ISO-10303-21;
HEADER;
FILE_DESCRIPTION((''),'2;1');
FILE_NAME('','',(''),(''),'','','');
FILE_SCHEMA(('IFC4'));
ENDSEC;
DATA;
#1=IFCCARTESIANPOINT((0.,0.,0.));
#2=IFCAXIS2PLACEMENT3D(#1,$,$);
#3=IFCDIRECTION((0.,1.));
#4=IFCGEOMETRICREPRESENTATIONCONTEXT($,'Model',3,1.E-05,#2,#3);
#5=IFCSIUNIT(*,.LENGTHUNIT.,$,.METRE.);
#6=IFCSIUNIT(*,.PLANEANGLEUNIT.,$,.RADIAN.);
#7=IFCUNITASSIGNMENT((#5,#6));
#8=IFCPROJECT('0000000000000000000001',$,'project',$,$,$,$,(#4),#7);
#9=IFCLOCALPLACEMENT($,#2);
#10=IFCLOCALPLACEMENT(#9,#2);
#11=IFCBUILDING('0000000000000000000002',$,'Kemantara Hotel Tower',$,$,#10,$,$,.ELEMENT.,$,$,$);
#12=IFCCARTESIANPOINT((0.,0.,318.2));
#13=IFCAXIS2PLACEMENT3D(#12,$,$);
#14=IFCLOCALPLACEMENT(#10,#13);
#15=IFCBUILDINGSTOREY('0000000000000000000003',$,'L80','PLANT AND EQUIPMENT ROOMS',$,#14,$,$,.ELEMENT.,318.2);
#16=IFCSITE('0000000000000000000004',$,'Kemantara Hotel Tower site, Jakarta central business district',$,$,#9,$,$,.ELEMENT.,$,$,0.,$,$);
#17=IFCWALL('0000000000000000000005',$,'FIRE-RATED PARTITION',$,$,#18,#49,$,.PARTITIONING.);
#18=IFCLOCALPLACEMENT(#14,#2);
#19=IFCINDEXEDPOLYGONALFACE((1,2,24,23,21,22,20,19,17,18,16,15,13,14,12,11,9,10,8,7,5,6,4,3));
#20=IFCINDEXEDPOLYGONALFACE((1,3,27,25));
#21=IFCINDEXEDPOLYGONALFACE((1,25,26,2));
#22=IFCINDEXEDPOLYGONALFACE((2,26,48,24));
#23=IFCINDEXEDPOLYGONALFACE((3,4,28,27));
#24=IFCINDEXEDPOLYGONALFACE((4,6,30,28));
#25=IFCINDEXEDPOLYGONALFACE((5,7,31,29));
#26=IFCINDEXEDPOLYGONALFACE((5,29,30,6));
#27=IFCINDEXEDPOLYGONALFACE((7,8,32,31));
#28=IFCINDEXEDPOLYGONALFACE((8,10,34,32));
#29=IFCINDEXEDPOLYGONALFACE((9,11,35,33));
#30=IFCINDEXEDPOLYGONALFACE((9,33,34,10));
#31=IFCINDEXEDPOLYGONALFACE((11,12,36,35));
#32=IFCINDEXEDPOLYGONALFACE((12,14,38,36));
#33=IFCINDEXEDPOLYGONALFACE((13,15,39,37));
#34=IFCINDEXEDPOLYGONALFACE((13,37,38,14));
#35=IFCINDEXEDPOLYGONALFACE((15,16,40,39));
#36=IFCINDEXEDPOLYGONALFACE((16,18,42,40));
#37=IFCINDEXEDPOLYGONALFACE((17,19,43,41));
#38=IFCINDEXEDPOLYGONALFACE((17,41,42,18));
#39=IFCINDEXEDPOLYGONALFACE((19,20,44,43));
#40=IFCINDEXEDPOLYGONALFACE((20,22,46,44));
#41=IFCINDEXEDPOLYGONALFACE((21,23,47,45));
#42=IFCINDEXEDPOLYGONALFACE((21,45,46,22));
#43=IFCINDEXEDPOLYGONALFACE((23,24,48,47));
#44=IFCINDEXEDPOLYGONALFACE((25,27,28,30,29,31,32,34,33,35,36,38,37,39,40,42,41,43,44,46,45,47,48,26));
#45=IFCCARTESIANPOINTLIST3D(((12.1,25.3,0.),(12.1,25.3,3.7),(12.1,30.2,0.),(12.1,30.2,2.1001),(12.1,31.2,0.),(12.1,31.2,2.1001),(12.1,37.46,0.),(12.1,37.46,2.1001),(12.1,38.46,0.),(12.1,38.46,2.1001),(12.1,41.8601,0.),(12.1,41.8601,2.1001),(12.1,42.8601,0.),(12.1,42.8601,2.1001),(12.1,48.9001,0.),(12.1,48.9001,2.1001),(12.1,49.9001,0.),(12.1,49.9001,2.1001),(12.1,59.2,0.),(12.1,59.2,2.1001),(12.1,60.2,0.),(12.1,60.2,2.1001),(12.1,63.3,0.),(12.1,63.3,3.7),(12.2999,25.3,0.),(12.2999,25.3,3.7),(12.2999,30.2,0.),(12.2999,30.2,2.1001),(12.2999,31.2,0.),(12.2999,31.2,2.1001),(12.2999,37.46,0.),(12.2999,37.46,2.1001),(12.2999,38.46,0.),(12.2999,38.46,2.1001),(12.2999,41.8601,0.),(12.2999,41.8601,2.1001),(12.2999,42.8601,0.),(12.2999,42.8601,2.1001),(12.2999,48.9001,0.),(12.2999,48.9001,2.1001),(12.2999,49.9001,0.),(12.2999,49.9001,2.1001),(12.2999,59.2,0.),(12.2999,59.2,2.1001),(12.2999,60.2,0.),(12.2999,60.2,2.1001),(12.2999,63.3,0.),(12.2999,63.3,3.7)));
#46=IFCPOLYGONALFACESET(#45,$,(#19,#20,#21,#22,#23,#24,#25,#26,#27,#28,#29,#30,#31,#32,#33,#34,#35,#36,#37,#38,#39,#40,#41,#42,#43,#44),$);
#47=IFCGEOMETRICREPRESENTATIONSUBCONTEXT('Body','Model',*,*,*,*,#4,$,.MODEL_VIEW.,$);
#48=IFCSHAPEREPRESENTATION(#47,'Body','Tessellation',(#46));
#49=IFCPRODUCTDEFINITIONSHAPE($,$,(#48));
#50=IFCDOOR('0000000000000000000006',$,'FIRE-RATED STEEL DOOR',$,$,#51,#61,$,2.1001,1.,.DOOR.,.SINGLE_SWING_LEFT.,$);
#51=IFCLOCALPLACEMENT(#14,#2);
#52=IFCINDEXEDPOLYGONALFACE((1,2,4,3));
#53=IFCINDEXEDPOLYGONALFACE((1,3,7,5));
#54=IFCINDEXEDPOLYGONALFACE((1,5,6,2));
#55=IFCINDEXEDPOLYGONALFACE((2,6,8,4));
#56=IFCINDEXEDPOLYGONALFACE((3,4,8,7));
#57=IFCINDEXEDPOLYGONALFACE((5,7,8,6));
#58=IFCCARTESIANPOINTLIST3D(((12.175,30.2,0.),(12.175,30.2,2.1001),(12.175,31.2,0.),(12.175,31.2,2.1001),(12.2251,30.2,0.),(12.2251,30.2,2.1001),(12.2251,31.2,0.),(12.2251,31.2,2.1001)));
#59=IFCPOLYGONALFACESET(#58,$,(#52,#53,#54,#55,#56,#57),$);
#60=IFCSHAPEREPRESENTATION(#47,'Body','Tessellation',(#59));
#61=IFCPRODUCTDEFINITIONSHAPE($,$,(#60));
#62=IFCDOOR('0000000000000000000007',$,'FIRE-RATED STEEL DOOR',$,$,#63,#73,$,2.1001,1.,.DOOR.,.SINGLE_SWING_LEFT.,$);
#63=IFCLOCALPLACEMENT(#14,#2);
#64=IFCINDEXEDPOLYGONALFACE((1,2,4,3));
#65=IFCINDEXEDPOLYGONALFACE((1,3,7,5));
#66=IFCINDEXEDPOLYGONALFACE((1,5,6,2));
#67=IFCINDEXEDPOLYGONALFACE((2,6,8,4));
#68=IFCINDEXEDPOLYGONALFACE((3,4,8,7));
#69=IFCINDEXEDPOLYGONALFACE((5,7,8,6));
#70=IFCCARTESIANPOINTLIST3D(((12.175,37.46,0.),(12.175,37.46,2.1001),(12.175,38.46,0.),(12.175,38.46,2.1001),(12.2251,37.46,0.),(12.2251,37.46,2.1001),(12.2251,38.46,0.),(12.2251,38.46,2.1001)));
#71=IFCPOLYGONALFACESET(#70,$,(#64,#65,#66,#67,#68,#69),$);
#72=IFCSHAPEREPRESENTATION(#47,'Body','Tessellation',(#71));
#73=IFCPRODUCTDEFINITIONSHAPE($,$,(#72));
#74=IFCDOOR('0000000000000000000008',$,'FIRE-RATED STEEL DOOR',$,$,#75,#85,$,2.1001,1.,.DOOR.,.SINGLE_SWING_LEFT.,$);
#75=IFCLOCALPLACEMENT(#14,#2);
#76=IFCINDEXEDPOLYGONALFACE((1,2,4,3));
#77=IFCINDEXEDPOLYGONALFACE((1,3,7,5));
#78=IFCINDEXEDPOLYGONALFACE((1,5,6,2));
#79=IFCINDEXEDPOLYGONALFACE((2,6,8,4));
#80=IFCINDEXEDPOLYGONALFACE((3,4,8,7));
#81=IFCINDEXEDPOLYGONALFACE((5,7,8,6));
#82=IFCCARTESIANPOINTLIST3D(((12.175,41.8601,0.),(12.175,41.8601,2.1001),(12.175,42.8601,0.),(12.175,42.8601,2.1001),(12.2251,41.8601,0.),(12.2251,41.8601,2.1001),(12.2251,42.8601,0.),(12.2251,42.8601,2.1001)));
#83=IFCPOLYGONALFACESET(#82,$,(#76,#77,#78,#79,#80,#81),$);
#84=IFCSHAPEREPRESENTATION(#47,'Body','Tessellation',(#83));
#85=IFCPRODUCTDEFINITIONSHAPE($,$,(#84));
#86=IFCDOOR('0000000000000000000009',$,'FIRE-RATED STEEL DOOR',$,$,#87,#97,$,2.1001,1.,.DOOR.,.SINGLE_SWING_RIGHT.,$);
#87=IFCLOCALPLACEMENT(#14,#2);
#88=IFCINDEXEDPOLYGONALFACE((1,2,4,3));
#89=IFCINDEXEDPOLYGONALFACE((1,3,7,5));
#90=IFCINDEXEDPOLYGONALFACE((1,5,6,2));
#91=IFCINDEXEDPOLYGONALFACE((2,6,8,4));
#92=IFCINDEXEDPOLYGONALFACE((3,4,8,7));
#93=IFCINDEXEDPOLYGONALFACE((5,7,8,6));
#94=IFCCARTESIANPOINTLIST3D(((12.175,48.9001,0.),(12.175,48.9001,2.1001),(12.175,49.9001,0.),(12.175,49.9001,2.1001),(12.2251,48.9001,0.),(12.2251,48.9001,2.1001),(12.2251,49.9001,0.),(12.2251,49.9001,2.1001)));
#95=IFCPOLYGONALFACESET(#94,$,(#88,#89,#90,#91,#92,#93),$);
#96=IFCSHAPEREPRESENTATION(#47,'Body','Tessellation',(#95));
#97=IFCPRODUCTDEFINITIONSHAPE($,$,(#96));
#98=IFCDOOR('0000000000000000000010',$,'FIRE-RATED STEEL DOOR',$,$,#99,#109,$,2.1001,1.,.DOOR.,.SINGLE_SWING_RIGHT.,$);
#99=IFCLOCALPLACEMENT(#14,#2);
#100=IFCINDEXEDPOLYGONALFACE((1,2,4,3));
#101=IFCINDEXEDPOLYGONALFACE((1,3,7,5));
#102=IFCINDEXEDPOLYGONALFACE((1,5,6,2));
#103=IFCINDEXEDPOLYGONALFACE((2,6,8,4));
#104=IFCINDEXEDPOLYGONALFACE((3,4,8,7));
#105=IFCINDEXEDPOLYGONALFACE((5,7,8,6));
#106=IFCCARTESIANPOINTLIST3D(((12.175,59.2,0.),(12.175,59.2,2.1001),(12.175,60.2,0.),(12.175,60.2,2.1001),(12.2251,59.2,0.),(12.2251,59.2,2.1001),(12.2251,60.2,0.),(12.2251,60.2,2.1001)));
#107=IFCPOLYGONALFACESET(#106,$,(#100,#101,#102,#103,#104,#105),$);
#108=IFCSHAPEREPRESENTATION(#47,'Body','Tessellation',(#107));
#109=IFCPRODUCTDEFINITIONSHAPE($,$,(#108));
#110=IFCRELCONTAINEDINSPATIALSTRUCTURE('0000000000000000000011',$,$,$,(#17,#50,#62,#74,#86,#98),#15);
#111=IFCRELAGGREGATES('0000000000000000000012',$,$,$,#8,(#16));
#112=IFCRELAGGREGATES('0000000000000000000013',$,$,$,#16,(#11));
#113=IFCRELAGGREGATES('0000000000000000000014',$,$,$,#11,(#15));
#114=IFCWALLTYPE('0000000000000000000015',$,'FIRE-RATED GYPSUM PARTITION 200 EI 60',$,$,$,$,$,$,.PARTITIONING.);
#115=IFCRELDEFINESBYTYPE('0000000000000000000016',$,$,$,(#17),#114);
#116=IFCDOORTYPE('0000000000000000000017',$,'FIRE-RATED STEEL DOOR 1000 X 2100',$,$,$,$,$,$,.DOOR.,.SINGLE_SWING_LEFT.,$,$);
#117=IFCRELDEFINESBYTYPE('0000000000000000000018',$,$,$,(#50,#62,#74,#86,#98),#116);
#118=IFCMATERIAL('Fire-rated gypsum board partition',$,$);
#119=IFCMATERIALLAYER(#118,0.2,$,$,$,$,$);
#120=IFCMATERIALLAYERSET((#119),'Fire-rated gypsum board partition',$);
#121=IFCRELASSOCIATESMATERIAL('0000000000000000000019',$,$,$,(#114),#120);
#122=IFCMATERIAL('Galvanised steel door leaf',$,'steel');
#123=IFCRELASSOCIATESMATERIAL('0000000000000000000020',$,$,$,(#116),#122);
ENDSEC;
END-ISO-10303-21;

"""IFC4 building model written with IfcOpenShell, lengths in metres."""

from ifc_helpers import new_model, si_unit, direction, frame, frame_2d, origin, place, context, subcontext, project, spatial, rectangle, extrude, material, layer, layer_set, type_object, element, fill, save


model = new_model("IFC4")

# Units and contexts
model_context = context("Model", 3, precision=1e-05, world=origin(), true_north=direction((0.0, 1.0)))
body_context = subcontext(model_context, "Body", "Model", "MODEL_VIEW")
ifc_project = project(units=[si_unit("LENGTHUNIT", "METRE"), si_unit("PLANEANGLEUNIT", "RADIAN")], contexts=[model_context])

# Site, building, storey
site_placement = place(None, origin())
site = spatial("IfcSite", under=ifc_project, at=site_placement, Name="Kemantara Hotel Tower site, Jakarta central business district", CompositionType="ELEMENT", RefElevation=0.0)
building_placement = place(site_placement, origin())
building = spatial("IfcBuilding", under=site, at=building_placement, Name="Kemantara Hotel Tower", CompositionType="ELEMENT")
storey_placement = place(building_placement, frame((0.0, 0.0, 318.2)))
storey = spatial("IfcBuildingStorey", under=building, at=storey_placement, Name="L80", Description="PLANT AND EQUIPMENT ROOMS", CompositionType="ELEMENT", Elevation=318.2)

# Shared definitions
ifc_material_1 = material(Name="Fire-rated gypsum board partition")
ifc_layer_1 = layer(ifc_material_1, 0.2)
ifc_layer_set_1 = layer_set([ifc_layer_1], Name="Fire-rated gypsum board partition")
wall_type_1 = type_object("IfcWallType", Name="FIRE-RATED GYPSUM PARTITION 200 EI 60", PredefinedType="PARTITIONING", material=ifc_layer_set_1)

# Wall, openings, doors
wall_1_placement = place(storey_placement, frame((12.2, 25.3, 0.0), z_axis=(0.0, 0.0, 1.0), x_axis=(0.0, 1.0, 0.0)))
wall_1 = element("IfcWall", 1, at=wall_1_placement, inside=storey, type_object=wall_type_1, Name="FIRE-RATED PARTITION", PredefinedType="PARTITIONING", context=body_context, shape_type="SweptSolid", body=[
    extrude(rectangle(XDim=38.0, YDim=0.2, at=frame_2d((19.0, 0.0))), origin(), (0.0, 0.0, 1.0), 3.7),
])
opening_1_placement = place(wall_1_placement, frame((4.8999, 0.0, 0.0)))
opening_1 = element("IfcOpeningElement", 2, at=opening_1_placement, cuts=wall_1, PredefinedType="OPENING", context=body_context, shape_type="SweptSolid", body=[
    extrude(rectangle(XDim=1.0, YDim=2.1001, at=frame_2d((0.5, 1.05))), frame((0.0, 0.1099, 0.0), z_axis=(0.0, -1.0, 0.0), x_axis=(1.0, 0.0, 0.0)), (0.0, 0.0, 1.0), 0.22),
])
opening_2_placement = place(wall_1_placement, frame((12.1599, 0.0, 0.0)))
opening_2 = element("IfcOpeningElement", 3, at=opening_2_placement, cuts=wall_1, PredefinedType="OPENING", context=body_context, shape_type="SweptSolid", body=[
    extrude(rectangle(XDim=1.0, YDim=2.1001, at=frame_2d((0.5, 1.05))), frame((0.0, 0.1099, 0.0), z_axis=(0.0, -1.0, 0.0), x_axis=(1.0, 0.0, 0.0)), (0.0, 0.0, 1.0), 0.22),
])
opening_3_placement = place(wall_1_placement, frame((16.5601, 0.0, 0.0)))
opening_3 = element("IfcOpeningElement", 4, at=opening_3_placement, cuts=wall_1, PredefinedType="OPENING", context=body_context, shape_type="SweptSolid", body=[
    extrude(rectangle(XDim=1.0, YDim=2.1001, at=frame_2d((0.5, 1.05))), frame((0.0, 0.1099, 0.0), z_axis=(0.0, -1.0, 0.0), x_axis=(1.0, 0.0, 0.0)), (0.0, 0.0, 1.0), 0.22),
])
opening_4_placement = place(wall_1_placement, frame((23.6001, 0.0, 0.0)))
opening_4 = element("IfcOpeningElement", 5, at=opening_4_placement, cuts=wall_1, PredefinedType="OPENING", context=body_context, shape_type="SweptSolid", body=[
    extrude(rectangle(XDim=1.0, YDim=2.1001, at=frame_2d((0.5, 1.05))), frame((0.0, 0.1099, 0.0), z_axis=(0.0, -1.0, 0.0), x_axis=(1.0, 0.0, 0.0)), (0.0, 0.0, 1.0), 0.22),
])
opening_5_placement = place(wall_1_placement, frame((33.8999, 0.0, 0.0)))
opening_5 = element("IfcOpeningElement", 6, at=opening_5_placement, cuts=wall_1, PredefinedType="OPENING", context=body_context, shape_type="SweptSolid", body=[
    extrude(rectangle(XDim=1.0, YDim=2.1001, at=frame_2d((0.5, 1.05))), frame((0.0, 0.1099, 0.0), z_axis=(0.0, -1.0, 0.0), x_axis=(1.0, 0.0, 0.0)), (0.0, 0.0, 1.0), 0.22),
])
ifc_material_2 = material(Name="Galvanised steel door leaf", Category="steel")
door_type = type_object("IfcDoorType", Name="FIRE-RATED STEEL DOOR 1000 X 2100", OperationType="SINGLE_SWING_LEFT", PredefinedType="DOOR", material=ifc_material_2)
door_1_placement = place(opening_1_placement, origin())
door_1 = element("IfcDoor", 7, at=door_1_placement, inside=storey, type_object=door_type, Name="FIRE-RATED STEEL DOOR", OperationType="SINGLE_SWING_LEFT", OverallHeight=2.1001, OverallWidth=1.0, PredefinedType="DOOR", context=body_context, shape_type="SweptSolid", body=[
    extrude(rectangle(XDim=1.0, YDim=2.1001, at=frame_2d((0.5, 1.05))), frame((0.0, 0.0249, 0.0), z_axis=(0.0, -1.0, 0.0), x_axis=(1.0, 0.0, 0.0)), (0.0, 0.0, 1.0), 0.05),
])
fill(opening_1, door_1)
door_2_placement = place(opening_2_placement, origin())
door_2 = element("IfcDoor", 8, at=door_2_placement, inside=storey, type_object=door_type, Name="FIRE-RATED STEEL DOOR", OperationType="SINGLE_SWING_LEFT", OverallHeight=2.1001, OverallWidth=1.0, PredefinedType="DOOR", context=body_context, shape_type="SweptSolid", body=[
    extrude(rectangle(XDim=1.0, YDim=2.1001, at=frame_2d((0.5, 1.05))), frame((0.0, 0.0249, 0.0), z_axis=(0.0, -1.0, 0.0), x_axis=(1.0, 0.0, 0.0)), (0.0, 0.0, 1.0), 0.05),
])
fill(opening_2, door_2)
door_3_placement = place(opening_3_placement, origin())
door_3 = element("IfcDoor", 9, at=door_3_placement, inside=storey, type_object=door_type, Name="FIRE-RATED STEEL DOOR", OperationType="SINGLE_SWING_LEFT", OverallHeight=2.1001, OverallWidth=1.0, PredefinedType="DOOR", context=body_context, shape_type="SweptSolid", body=[
    extrude(rectangle(XDim=1.0, YDim=2.1001, at=frame_2d((0.5, 1.05))), frame((0.0, 0.0249, 0.0), z_axis=(0.0, -1.0, 0.0), x_axis=(1.0, 0.0, 0.0)), (0.0, 0.0, 1.0), 0.05),
])
fill(opening_3, door_3)
door_4_placement = place(opening_4_placement, origin())
door_4 = element("IfcDoor", 10, at=door_4_placement, inside=storey, type_object=door_type, Name="FIRE-RATED STEEL DOOR", OperationType="SINGLE_SWING_RIGHT", OverallHeight=2.1001, OverallWidth=1.0, PredefinedType="DOOR", context=body_context, shape_type="SweptSolid", body=[
    extrude(rectangle(XDim=1.0, YDim=2.1001, at=frame_2d((0.5, 1.05))), frame((0.0, 0.0249, 0.0), z_axis=(0.0, -1.0, 0.0), x_axis=(1.0, 0.0, 0.0)), (0.0, 0.0, 1.0), 0.05),
])
fill(opening_4, door_4)
door_5_placement = place(opening_5_placement, origin())
door_5 = element("IfcDoor", 11, at=door_5_placement, inside=storey, type_object=door_type, Name="FIRE-RATED STEEL DOOR", OperationType="SINGLE_SWING_RIGHT", OverallHeight=2.1001, OverallWidth=1.0, PredefinedType="DOOR", context=body_context, shape_type="SweptSolid", body=[
    extrude(rectangle(XDim=1.0, YDim=2.1001, at=frame_2d((0.5, 1.05))), frame((0.0, 0.0249, 0.0), z_axis=(0.0, -1.0, 0.0), x_axis=(1.0, 0.0, 0.0)), (0.0, 0.0, 1.0), 0.05),
])
fill(opening_5, door_5)

save(model, "model.ifc")
